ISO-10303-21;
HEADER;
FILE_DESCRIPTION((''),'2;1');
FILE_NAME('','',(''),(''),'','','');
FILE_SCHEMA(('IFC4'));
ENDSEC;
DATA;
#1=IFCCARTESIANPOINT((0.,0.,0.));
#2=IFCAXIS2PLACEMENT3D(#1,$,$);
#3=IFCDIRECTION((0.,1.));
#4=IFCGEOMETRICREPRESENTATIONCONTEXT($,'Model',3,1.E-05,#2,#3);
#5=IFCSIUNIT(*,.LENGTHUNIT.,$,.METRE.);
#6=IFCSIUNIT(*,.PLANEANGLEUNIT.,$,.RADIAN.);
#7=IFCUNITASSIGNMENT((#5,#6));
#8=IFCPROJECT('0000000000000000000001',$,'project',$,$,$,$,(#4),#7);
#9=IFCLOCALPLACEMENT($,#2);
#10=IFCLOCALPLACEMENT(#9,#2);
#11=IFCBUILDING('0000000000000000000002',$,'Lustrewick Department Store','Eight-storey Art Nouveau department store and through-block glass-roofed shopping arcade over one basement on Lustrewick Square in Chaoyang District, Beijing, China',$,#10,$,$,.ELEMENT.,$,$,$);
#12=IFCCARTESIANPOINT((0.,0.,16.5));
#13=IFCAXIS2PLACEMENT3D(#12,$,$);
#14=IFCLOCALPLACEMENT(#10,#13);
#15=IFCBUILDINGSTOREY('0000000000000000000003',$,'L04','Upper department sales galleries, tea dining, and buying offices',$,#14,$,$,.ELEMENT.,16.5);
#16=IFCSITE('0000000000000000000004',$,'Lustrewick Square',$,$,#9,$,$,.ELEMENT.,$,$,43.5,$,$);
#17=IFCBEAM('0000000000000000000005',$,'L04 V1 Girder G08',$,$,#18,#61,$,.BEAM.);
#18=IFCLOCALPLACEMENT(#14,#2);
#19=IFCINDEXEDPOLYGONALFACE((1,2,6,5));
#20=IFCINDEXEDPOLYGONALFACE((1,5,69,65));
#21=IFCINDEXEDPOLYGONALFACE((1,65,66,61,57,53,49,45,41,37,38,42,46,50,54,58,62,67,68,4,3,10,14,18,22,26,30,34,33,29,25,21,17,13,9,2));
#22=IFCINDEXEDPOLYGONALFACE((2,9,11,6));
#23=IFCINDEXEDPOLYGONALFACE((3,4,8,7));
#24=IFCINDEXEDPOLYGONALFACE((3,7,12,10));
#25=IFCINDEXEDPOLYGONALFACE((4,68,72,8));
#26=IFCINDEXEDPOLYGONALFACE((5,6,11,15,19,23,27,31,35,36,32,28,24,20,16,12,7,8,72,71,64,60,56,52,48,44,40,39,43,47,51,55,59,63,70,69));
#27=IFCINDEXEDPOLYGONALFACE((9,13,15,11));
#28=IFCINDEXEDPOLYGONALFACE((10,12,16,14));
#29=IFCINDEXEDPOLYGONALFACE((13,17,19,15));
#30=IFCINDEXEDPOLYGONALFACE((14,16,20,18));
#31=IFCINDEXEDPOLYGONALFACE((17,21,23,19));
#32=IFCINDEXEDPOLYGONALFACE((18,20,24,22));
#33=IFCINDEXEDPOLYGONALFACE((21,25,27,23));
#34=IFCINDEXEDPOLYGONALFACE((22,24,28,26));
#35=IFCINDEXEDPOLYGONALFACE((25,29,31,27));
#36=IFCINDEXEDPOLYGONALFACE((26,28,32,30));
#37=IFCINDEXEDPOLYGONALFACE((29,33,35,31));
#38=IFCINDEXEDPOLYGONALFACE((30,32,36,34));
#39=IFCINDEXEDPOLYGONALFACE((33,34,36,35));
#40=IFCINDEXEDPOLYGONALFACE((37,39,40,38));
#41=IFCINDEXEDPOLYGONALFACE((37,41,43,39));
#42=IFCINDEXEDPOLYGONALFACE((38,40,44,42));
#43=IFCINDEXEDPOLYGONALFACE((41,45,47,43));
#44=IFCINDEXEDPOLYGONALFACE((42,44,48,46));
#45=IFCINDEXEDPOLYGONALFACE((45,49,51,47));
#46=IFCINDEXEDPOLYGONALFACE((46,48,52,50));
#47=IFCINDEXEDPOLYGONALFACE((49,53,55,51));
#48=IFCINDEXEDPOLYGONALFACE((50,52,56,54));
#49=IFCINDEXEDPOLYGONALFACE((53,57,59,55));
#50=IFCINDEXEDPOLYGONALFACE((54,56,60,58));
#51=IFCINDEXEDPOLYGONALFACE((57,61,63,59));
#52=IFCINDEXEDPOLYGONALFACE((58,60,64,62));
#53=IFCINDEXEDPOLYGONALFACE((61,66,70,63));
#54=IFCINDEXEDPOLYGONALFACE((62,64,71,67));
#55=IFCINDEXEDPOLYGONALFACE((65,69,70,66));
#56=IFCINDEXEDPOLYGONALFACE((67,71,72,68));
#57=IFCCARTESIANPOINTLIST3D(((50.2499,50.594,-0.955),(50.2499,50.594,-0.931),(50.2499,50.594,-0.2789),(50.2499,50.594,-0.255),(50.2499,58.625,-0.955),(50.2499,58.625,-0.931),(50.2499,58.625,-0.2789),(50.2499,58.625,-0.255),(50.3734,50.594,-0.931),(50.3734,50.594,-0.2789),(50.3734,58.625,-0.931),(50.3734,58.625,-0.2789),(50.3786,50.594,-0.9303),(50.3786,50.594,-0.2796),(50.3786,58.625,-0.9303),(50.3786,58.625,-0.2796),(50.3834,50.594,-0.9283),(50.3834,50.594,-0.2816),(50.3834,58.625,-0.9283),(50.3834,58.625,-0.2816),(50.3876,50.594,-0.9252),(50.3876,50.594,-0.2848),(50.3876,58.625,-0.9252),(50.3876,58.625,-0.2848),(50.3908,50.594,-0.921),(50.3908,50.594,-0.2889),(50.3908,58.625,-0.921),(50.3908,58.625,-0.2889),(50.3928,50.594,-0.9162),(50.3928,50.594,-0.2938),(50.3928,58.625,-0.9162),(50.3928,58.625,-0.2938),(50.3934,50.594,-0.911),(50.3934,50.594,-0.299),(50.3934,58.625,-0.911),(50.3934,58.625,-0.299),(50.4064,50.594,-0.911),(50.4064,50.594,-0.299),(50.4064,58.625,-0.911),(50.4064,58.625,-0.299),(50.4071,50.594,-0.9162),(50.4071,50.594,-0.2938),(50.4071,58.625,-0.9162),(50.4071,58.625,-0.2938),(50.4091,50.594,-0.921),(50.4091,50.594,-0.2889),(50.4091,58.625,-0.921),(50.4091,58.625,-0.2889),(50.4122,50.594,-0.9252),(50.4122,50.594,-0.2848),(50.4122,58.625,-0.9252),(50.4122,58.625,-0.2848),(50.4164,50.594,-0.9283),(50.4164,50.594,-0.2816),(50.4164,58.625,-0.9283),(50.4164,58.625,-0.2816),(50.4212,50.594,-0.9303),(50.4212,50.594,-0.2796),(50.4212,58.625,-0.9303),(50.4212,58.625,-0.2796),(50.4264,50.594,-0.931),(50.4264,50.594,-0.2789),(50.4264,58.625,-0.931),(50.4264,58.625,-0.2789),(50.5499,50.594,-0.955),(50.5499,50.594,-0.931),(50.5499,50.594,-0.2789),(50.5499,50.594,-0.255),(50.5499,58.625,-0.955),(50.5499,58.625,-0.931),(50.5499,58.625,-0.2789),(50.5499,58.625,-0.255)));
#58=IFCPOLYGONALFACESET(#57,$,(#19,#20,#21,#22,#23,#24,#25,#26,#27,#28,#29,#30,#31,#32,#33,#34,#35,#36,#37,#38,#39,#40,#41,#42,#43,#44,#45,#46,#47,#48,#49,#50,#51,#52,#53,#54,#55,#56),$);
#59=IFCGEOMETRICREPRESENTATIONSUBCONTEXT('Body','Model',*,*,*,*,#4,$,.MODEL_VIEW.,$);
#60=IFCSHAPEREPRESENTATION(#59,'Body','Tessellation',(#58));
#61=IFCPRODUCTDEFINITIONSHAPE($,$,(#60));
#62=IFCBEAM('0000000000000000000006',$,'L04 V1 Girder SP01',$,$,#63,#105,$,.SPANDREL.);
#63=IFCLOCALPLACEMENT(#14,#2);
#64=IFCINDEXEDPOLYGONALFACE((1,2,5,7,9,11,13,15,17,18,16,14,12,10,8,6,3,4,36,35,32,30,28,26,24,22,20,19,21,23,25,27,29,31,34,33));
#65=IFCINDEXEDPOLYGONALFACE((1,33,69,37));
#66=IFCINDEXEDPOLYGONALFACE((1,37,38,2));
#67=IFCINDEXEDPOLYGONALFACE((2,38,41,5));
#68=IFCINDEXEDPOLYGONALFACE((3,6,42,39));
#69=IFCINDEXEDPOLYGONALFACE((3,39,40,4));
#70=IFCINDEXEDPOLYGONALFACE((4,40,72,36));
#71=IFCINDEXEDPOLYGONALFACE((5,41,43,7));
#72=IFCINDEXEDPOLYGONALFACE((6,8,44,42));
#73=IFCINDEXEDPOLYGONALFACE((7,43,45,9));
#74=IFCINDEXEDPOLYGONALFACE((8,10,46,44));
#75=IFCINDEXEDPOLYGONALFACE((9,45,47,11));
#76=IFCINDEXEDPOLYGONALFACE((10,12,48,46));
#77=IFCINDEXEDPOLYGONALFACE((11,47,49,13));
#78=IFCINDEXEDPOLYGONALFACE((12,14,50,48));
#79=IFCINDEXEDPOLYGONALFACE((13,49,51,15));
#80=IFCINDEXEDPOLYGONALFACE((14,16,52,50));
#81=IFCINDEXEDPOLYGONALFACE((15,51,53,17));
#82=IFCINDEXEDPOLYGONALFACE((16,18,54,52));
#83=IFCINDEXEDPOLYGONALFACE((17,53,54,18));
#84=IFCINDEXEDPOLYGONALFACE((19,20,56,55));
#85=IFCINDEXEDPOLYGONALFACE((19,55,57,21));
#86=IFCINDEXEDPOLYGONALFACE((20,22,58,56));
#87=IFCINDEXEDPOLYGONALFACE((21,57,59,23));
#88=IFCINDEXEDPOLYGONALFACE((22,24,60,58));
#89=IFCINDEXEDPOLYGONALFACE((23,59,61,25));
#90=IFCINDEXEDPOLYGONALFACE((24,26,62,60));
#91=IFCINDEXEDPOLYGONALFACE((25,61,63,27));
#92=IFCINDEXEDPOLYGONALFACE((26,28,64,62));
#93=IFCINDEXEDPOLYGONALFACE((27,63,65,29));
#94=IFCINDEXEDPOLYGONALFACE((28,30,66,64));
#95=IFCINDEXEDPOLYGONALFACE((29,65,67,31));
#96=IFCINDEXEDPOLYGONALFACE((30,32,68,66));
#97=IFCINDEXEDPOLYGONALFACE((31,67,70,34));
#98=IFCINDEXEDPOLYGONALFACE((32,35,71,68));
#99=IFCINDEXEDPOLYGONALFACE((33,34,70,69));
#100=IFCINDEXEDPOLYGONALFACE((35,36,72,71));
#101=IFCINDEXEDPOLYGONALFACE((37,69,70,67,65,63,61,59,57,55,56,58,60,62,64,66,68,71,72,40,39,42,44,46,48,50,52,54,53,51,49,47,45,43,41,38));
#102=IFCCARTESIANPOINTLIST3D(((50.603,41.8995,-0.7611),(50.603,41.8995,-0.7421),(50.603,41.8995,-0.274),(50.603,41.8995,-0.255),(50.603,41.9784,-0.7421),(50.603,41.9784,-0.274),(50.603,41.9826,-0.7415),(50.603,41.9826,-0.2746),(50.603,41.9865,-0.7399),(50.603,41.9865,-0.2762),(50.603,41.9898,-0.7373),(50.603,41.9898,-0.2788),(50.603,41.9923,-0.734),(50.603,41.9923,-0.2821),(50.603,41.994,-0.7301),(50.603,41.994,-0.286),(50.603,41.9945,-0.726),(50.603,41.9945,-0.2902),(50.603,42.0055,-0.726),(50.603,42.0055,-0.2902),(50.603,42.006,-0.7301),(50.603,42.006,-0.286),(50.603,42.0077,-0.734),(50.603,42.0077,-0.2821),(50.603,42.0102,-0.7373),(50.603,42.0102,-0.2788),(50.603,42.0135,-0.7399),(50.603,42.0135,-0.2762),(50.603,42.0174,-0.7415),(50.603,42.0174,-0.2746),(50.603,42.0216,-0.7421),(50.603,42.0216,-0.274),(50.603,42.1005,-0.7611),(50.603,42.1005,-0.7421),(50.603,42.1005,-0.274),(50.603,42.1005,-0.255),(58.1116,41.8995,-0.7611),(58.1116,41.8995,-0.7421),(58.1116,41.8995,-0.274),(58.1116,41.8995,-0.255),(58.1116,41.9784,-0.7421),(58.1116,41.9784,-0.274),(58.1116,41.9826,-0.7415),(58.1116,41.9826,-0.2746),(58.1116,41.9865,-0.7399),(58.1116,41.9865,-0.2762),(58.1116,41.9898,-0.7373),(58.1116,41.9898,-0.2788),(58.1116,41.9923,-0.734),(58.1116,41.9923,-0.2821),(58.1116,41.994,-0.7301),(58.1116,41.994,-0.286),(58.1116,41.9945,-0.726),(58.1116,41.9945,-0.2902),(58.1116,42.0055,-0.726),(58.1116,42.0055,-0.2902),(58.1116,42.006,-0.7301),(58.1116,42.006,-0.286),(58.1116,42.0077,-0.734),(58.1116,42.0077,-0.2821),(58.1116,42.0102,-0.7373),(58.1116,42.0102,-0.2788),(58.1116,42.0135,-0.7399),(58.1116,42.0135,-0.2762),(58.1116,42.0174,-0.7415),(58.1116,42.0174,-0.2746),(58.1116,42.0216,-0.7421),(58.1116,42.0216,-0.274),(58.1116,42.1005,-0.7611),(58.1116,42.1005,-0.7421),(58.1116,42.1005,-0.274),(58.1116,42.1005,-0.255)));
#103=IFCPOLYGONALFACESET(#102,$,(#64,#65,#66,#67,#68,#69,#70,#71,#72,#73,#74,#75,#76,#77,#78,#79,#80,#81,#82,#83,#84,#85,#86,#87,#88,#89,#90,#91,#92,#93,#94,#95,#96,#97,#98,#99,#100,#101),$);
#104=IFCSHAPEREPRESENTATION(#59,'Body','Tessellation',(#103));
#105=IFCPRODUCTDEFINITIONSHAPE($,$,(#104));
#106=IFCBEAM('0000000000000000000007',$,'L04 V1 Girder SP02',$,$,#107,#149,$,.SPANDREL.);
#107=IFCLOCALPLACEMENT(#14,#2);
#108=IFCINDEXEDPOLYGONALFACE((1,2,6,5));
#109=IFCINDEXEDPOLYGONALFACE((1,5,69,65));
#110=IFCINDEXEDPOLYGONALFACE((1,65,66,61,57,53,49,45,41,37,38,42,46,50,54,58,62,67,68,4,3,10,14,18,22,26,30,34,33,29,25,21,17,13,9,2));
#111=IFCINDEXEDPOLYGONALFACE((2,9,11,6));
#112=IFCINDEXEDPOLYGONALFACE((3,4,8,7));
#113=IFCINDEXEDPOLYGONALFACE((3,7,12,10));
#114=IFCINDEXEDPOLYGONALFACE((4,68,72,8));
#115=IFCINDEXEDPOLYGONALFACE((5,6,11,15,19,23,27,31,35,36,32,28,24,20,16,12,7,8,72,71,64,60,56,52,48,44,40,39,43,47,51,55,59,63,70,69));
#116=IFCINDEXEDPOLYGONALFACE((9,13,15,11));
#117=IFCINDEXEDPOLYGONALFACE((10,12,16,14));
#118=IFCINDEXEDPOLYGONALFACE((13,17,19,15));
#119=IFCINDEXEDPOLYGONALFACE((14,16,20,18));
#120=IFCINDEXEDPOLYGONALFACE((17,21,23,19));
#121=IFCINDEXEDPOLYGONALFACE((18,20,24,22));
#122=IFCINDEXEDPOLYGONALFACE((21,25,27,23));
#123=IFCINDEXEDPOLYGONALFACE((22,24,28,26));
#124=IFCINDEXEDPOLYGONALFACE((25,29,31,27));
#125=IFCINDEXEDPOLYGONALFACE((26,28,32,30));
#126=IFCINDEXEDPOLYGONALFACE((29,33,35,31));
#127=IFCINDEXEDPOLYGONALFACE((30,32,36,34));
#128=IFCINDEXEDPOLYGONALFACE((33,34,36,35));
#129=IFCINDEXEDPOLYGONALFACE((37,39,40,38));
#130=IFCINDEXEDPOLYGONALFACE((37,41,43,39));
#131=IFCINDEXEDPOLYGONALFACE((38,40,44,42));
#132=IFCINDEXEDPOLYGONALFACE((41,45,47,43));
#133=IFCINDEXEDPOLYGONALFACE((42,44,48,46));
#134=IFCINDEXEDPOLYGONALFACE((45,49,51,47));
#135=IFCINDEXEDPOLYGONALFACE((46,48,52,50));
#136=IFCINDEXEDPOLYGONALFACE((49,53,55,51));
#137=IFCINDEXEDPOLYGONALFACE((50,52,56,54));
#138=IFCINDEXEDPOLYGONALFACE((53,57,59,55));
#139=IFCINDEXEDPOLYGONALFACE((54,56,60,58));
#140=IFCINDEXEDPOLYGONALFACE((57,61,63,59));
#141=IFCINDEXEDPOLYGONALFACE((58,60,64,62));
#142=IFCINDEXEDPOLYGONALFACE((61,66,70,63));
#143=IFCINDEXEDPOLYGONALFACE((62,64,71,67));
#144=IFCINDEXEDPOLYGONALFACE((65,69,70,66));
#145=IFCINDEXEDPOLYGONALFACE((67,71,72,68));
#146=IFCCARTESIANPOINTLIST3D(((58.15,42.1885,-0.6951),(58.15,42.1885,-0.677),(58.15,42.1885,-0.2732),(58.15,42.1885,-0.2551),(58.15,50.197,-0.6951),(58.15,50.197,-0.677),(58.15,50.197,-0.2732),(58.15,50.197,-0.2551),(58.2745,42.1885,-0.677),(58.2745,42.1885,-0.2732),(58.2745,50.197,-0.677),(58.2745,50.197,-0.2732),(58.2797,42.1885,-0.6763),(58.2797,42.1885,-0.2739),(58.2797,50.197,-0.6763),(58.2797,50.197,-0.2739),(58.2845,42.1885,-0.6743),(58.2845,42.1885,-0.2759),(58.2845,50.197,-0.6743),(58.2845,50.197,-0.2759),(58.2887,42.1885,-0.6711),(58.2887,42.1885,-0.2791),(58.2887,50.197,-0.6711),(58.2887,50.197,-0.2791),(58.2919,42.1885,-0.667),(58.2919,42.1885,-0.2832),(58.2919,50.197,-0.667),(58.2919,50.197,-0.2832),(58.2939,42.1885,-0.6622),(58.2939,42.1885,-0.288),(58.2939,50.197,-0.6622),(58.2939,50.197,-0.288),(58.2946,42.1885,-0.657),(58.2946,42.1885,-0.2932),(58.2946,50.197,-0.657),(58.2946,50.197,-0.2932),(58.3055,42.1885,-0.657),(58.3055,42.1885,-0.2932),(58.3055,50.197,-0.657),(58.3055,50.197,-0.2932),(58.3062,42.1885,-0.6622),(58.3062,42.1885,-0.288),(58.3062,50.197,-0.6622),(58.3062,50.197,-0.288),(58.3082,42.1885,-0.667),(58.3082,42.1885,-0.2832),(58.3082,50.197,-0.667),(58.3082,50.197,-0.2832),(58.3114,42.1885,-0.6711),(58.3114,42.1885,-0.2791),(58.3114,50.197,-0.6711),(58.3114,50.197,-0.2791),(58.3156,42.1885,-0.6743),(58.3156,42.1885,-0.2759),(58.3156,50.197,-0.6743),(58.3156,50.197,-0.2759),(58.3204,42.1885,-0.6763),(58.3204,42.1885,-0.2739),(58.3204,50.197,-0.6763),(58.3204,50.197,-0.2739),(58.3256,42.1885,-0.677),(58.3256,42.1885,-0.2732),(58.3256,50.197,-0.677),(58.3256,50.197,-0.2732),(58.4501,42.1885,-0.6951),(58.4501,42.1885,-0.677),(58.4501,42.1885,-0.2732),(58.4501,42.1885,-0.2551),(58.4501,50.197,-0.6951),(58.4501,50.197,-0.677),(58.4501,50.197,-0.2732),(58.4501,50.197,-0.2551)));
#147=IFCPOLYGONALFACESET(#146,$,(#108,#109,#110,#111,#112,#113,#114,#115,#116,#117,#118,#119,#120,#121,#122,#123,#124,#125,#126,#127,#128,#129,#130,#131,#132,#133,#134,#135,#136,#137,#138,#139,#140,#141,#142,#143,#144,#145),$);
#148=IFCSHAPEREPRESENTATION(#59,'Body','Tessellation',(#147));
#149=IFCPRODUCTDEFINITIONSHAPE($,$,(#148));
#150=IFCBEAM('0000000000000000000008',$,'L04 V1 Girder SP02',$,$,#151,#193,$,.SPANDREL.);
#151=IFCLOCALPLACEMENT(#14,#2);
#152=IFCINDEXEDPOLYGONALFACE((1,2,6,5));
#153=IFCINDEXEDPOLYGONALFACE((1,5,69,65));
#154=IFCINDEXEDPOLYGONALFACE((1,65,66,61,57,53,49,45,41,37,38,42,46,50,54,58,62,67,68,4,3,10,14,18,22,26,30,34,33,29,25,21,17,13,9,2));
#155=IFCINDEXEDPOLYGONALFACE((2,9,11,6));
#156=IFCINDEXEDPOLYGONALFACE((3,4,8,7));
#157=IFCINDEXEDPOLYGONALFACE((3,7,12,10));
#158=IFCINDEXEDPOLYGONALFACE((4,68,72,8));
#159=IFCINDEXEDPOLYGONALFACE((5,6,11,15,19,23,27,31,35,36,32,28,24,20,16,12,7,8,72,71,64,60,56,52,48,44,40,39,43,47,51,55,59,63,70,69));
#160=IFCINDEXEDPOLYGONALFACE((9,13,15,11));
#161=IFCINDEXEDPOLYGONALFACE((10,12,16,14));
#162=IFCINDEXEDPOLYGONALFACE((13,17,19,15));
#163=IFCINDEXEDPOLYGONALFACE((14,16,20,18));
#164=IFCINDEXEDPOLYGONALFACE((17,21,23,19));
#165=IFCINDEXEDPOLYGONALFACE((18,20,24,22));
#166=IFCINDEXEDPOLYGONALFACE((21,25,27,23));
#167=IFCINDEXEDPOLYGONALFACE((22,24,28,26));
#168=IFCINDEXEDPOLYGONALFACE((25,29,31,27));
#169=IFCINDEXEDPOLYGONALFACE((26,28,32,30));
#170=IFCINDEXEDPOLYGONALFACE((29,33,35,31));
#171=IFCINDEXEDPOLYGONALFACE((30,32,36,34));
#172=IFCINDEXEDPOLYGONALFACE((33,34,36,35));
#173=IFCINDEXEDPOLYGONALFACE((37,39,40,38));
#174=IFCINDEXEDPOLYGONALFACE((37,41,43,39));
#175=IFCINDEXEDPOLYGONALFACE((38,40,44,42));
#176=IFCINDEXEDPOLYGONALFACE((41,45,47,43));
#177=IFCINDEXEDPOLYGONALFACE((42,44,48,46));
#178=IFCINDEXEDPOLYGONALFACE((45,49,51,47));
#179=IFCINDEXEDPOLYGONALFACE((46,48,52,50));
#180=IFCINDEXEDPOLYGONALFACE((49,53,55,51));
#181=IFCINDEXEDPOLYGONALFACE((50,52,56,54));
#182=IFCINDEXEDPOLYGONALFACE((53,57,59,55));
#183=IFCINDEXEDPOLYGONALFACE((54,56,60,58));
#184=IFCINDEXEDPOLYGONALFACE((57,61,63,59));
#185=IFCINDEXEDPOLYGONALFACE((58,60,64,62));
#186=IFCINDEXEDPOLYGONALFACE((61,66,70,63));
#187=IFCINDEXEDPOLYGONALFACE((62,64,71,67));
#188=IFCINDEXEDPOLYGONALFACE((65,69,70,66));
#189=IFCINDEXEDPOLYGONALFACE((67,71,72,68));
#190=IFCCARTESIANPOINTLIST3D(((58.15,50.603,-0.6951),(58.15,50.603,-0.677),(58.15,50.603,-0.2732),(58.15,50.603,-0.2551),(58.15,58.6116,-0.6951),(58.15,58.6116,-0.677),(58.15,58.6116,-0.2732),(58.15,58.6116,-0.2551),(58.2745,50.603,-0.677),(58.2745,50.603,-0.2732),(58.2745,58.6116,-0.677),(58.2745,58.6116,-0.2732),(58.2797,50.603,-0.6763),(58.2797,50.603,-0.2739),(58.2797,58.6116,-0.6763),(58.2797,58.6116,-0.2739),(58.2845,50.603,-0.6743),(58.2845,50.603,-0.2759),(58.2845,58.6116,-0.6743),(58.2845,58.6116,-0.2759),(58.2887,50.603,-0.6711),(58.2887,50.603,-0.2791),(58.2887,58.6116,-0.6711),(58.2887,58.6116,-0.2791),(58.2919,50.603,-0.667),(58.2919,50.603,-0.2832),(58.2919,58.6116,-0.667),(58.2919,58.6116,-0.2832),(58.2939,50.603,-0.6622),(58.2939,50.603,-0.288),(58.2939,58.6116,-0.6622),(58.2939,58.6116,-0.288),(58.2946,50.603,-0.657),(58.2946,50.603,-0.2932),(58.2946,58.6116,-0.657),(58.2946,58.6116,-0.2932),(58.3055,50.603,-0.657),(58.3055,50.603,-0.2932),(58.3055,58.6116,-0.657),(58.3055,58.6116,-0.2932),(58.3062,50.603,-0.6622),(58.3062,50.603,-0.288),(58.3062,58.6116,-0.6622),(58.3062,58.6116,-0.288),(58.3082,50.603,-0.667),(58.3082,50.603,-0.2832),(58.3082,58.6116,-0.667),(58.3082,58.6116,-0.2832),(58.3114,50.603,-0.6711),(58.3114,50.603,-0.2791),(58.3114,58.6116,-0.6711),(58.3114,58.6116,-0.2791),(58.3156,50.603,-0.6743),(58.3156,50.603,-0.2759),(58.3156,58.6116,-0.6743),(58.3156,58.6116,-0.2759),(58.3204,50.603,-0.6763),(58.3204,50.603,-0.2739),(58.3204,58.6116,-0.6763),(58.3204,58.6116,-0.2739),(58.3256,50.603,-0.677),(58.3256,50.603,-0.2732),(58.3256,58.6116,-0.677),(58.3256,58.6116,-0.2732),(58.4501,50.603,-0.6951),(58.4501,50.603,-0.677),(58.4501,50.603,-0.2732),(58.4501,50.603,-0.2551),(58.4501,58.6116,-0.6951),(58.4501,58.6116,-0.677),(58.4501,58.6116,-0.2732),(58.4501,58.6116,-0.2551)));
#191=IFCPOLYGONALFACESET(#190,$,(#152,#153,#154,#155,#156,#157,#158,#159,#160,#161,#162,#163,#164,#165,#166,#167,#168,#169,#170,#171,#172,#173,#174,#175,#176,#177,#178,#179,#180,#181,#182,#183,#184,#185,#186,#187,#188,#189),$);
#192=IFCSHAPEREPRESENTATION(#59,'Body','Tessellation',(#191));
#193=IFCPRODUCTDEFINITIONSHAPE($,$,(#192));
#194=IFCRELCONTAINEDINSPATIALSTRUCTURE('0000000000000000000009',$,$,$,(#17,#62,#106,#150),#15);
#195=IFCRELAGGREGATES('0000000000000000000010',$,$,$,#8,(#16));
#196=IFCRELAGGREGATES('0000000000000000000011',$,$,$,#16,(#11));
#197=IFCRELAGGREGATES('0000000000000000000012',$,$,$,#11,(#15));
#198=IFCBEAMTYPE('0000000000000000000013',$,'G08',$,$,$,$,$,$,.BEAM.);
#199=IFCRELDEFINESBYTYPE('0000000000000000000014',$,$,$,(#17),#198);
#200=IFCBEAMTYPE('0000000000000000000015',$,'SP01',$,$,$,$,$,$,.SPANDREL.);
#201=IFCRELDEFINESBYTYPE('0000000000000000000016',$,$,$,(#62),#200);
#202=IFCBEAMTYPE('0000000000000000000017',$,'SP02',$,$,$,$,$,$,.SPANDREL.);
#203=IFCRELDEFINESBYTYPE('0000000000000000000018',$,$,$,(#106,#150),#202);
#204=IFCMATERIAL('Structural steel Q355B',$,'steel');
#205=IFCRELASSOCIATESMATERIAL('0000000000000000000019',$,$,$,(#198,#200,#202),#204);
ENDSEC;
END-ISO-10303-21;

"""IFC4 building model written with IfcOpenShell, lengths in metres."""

from ifc_helpers import new_model, si_unit, direction, frame, origin, origin_2d, place, context, subcontext, project, spatial, i_section, extrude, material, material_profile, profile_set, type_object, element, save


model = new_model("IFC4")

# Units and contexts
model_context = context("Model", 3, precision=1e-05, world=origin(), true_north=direction((0.0, 1.0)))
body_context = subcontext(model_context, "Body", "Model", "MODEL_VIEW")
ifc_project = project(units=[si_unit("LENGTHUNIT", "METRE"), si_unit("PLANEANGLEUNIT", "RADIAN")], contexts=[model_context])

# Site, building, storey
site_placement = place(None, origin())
site = spatial("IfcSite", under=ifc_project, at=site_placement, Name="Lustrewick Square", CompositionType="ELEMENT", RefElevation=43.5)
building_placement = place(site_placement, origin())
building = spatial("IfcBuilding", under=site, at=building_placement, Name="Lustrewick Department Store", Description="Eight-storey Art Nouveau department store and through-block glass-roofed shopping arcade over one basement on Lustrewick Square in Chaoyang District, Beijing, China", CompositionType="ELEMENT")
storey_placement = place(building_placement, frame((0.0, 0.0, 16.5)))
storey = spatial("IfcBuildingStorey", under=building, at=storey_placement, Name="L04", Description="Upper department sales galleries, tea dining, and buying offices", CompositionType="ELEMENT", Elevation=16.5)

# Shared definitions
ifc_material_1 = material(Name="Structural steel Q355B", Category="steel")

# Beams
ifc_material_profile_1 = material_profile(ifc_material_1, i_section(OverallWidth=0.3, OverallDepth=0.7, WebThickness=0.0129, FlangeThickness=0.0239, FilletRadius=0.02, at=origin_2d()), Name="HN 700x300x13x24")
ifc_profile_set_1 = profile_set([ifc_material_profile_1], Name="Structural steel Q355B")
beam_type_1 = type_object("IfcBeamType", Name="G08", PredefinedType="BEAM", material=ifc_profile_set_1)
beam_1_placement = place(storey_placement, frame((50.3999, 50.594, -0.605), z_axis=(0.0, 1.0, 0.0), x_axis=(-1.0, 0.0, 0.0)))
element("IfcBeam", 1, at=beam_1_placement, inside=storey, type_object=beam_type_1, Name="L04 V1 Girder G08", PredefinedType="BEAM", context=body_context, shape_type="SweptSolid", body=[
    extrude(i_section(OverallWidth=0.3, OverallDepth=0.7, WebThickness=0.0129, FlangeThickness=0.0239, FilletRadius=0.02, at=origin_2d()), origin(), (0.0, 0.0, 1.0), 8.031),
])
ifc_material_profile_2 = material_profile(ifc_material_1, i_section(OverallWidth=0.2009, OverallDepth=0.5061, WebThickness=0.011, FlangeThickness=0.019, FilletRadius=0.0161, at=origin_2d()), Name="HN 506x201x11x19")
ifc_profile_set_2 = profile_set([ifc_material_profile_2], Name="Structural steel Q355B")
beam_type_2 = type_object("IfcBeamType", Name="SP01", PredefinedType="SPANDREL", material=ifc_profile_set_2)
beam_2_placement = place(storey_placement, frame((50.603, 42.0, -0.5081), z_axis=(1.0, 0.0, 0.0), x_axis=(0.0, 1.0, 0.0)))
element("IfcBeam", 2, at=beam_2_placement, inside=storey, type_object=beam_type_2, Name="L04 V1 Girder SP01", PredefinedType="SPANDREL", context=body_context, shape_type="SweptSolid", body=[
    extrude(i_section(OverallWidth=0.2009, OverallDepth=0.5061, WebThickness=0.011, FlangeThickness=0.019, FilletRadius=0.0161, at=origin_2d()), origin(), (0.0, 0.0, 1.0), 7.5085),
])
ifc_material_profile_3 = material_profile(ifc_material_1, i_section(OverallWidth=0.3, OverallDepth=0.4399, WebThickness=0.011, FlangeThickness=0.0181, FilletRadius=0.02, at=origin_2d()), Name="HM 440x300x11x18")
ifc_profile_set_3 = profile_set([ifc_material_profile_3], Name="Structural steel Q355B")
beam_type_3 = type_object("IfcBeamType", Name="SP02", PredefinedType="SPANDREL", material=ifc_profile_set_3)
for number, where, z_axis, x_axis, name in (
    (3, (58.3, 42.1885, -0.4751), (0.0, 1.0, 0.0), (-1.0, 0.0, 0.0), "L04 V1 Girder SP02"),
    (4, (58.3, 50.603, -0.4751), (0.0, 1.0, 0.0), (-1.0, 0.0, 0.0), "L04 V1 Girder SP02"),
):
    element("IfcBeam", number, at=place(storey_placement, frame(where, z_axis=z_axis, x_axis=x_axis)), inside=storey, type_object=beam_type_3, Name=name, PredefinedType="SPANDREL", context=body_context, shape_type="SweptSolid", body=[
        extrude(i_section(OverallWidth=0.3, OverallDepth=0.4399, WebThickness=0.011, FlangeThickness=0.0181, FilletRadius=0.02, at=origin_2d()), origin(), (0.0, 0.0, 1.0), 8.0085),
    ])

save(model, "model.ifc")
